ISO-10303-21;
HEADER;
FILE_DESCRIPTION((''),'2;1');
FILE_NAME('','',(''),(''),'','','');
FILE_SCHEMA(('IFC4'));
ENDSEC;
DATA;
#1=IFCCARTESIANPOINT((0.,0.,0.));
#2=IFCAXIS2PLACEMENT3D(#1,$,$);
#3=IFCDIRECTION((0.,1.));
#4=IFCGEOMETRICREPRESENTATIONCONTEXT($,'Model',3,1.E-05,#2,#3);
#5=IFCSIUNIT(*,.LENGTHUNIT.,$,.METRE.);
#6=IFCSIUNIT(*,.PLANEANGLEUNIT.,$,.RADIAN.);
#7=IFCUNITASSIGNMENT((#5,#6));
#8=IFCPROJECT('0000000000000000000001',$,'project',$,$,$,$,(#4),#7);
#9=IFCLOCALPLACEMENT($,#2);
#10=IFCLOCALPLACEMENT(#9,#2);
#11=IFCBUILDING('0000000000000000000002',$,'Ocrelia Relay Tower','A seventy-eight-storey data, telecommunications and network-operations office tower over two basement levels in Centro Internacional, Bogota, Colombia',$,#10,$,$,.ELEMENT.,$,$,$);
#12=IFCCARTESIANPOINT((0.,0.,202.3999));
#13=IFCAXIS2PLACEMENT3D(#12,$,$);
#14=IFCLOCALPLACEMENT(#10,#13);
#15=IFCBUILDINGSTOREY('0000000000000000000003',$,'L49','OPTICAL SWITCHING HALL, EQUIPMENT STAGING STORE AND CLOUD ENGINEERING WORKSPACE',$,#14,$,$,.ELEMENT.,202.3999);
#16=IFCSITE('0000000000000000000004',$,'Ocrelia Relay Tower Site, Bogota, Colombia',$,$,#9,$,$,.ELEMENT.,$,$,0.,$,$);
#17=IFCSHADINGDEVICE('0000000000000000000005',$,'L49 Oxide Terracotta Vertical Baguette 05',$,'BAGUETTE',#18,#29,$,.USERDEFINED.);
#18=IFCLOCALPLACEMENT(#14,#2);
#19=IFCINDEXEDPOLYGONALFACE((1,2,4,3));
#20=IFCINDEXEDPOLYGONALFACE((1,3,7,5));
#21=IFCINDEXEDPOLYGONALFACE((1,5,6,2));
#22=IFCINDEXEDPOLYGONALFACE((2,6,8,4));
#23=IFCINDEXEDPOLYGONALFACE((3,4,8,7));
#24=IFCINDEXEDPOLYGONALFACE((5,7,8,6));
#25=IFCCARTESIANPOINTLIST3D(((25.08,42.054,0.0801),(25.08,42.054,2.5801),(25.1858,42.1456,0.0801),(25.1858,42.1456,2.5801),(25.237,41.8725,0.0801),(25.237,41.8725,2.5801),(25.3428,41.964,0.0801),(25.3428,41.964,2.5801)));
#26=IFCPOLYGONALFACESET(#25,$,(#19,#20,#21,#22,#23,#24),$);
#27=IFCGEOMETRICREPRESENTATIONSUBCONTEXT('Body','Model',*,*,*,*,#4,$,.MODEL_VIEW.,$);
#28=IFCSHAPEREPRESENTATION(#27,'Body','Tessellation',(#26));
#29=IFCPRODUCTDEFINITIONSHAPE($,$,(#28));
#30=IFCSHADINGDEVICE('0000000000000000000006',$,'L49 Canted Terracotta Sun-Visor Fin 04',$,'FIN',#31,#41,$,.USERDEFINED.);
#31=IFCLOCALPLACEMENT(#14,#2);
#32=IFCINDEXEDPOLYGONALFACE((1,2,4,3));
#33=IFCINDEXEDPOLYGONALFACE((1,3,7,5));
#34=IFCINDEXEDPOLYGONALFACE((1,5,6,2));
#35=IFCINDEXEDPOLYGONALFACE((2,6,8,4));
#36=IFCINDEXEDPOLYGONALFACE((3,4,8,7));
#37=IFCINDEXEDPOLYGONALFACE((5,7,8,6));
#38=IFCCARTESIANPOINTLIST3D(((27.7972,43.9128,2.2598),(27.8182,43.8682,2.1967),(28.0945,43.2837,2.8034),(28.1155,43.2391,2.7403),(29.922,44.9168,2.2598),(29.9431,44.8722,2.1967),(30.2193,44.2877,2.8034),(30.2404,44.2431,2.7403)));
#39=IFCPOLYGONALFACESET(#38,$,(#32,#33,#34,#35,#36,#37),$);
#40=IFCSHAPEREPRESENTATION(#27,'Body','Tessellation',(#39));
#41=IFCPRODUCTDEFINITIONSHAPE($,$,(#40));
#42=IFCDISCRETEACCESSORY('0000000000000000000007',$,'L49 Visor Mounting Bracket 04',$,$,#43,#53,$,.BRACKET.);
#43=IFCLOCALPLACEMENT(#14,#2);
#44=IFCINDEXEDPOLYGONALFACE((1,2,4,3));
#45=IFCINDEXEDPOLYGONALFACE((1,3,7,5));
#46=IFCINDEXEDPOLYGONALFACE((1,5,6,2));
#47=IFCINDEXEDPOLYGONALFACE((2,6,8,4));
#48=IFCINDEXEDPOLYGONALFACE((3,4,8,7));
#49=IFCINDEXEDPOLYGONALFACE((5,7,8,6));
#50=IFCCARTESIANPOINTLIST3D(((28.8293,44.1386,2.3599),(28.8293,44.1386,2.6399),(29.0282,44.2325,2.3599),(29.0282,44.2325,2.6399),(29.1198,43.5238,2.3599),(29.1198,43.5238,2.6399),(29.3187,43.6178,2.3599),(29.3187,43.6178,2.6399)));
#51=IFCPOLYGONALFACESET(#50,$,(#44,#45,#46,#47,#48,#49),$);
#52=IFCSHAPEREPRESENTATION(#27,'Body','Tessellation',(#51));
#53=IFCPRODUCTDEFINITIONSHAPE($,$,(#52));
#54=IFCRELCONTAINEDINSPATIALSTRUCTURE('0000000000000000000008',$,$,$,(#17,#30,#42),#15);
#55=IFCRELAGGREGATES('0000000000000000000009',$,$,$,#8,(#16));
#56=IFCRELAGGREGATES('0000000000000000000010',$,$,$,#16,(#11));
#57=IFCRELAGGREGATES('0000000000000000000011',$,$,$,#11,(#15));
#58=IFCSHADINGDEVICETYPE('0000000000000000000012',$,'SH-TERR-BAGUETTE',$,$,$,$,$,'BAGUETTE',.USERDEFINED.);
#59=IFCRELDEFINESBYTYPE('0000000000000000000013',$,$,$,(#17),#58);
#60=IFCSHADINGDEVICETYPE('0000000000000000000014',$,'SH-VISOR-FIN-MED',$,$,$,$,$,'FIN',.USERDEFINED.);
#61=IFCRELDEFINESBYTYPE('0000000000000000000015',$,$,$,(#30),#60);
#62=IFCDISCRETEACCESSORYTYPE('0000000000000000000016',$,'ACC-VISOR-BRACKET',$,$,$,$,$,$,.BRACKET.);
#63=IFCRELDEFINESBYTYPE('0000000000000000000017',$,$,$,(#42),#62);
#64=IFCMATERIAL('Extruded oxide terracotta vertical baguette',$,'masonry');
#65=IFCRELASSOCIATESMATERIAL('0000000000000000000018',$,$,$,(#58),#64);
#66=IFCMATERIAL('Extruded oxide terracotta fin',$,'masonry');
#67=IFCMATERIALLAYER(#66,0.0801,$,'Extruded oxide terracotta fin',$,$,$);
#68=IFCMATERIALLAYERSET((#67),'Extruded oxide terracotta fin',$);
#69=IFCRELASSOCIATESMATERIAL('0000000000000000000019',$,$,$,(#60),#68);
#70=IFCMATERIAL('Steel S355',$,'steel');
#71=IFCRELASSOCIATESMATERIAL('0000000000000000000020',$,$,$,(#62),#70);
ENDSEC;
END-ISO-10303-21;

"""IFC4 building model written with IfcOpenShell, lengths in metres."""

from ifc_helpers import new_model, si_unit, direction, frame, origin, origin_2d, place, context, subcontext, project, spatial, rectangle, extrude, material, layer, layer_set, type_object, element, save


model = new_model("IFC4")

# Units and contexts
model_context = context("Model", 3, precision=1e-05, world=origin(), true_north=direction((0.0, 1.0)))
body_context = subcontext(model_context, "Body", "Model", "MODEL_VIEW")
ifc_project = project(units=[si_unit("LENGTHUNIT", "METRE"), si_unit("PLANEANGLEUNIT", "RADIAN")], contexts=[model_context])

# Site, building, storey
site_placement = place(None, origin())
site = spatial("IfcSite", under=ifc_project, at=site_placement, Name="Ocrelia Relay Tower Site, Bogota, Colombia", CompositionType="ELEMENT", RefElevation=0.0)
building_placement = place(site_placement, origin())
building = spatial("IfcBuilding", under=site, at=building_placement, Name="Ocrelia Relay Tower", Description="A seventy-eight-storey data, telecommunications and network-operations office tower over two basement levels in Centro Internacional, Bogota, Colombia", CompositionType="ELEMENT")
storey_placement = place(building_placement, frame((0.0, 0.0, 202.3999)))
storey = spatial("IfcBuildingStorey", under=building, at=storey_placement, Name="L49", Description="OPTICAL SWITCHING HALL, EQUIPMENT STAGING STORE AND CLOUD ENGINEERING WORKSPACE", CompositionType="ELEMENT", Elevation=202.3999)

# Shared definitions
ifc_material_1 = material(Name="Steel S355", Category="steel")

# Shading devices
ifc_material_2 = material(Name="Extruded oxide terracotta vertical baguette", Category="masonry")
shading_device_type_1 = type_object("IfcShadingDeviceType", Name="SH-TERR-BAGUETTE", ElementType="BAGUETTE", PredefinedType="USERDEFINED", material=ifc_material_2)
shading_device_1_placement = place(storey_placement, frame((25.2114, 42.009, 0.0801), z_axis=(0.0, 0.0, 1.0), x_axis=(-0.756423, -0.654083, 0.0)))
element("IfcShadingDevice", 1, at=shading_device_1_placement, inside=storey, type_object=shading_device_type_1, Name="L49 Oxide Terracotta Vertical Baguette 05", ObjectType="BAGUETTE", PredefinedType="USERDEFINED", context=body_context, shape_type="SweptSolid", body=[
    extrude(rectangle(XDim=0.1399, YDim=0.24, at=origin_2d()), origin(), (0.0, 0.0, 1.0), 2.5),
])
ifc_material_3 = material(Name="Extruded oxide terracotta fin", Category="masonry")
ifc_layer_1 = layer(ifc_material_3, 0.0801, Name="Extruded oxide terracotta fin")
ifc_layer_set_1 = layer_set([ifc_layer_1], Name="Extruded oxide terracotta fin")
shading_device_type_2 = type_object("IfcShadingDeviceType", Name="SH-VISOR-FIN-MED", ElementType="FIN", PredefinedType="USERDEFINED", material=ifc_layer_set_1)
shading_device_2_placement = place(storey_placement, frame((29.0293, 44.0557, 2.4685), z_axis=(-0.263024, 0.556648, 0.788011), x_axis=(-0.904147, -0.427222, 0.0)))
element("IfcShadingDevice", 2, at=shading_device_2_placement, inside=storey, type_object=shading_device_type_2, Name="L49 Canted Terracotta Sun-Visor Fin 04", ObjectType="FIN", PredefinedType="USERDEFINED", context=body_context, shape_type="SweptSolid", body=[
    extrude(rectangle(XDim=2.3501, YDim=0.8831, at=origin_2d()), origin(), (0.0, 0.0, 1.0), 0.0801),
])

# Discrete accessory
discrete_accessory_type = type_object("IfcDiscreteAccessoryType", Name="ACC-VISOR-BRACKET", PredefinedType="BRACKET", material=ifc_material_1)
discrete_accessory_placement = place(storey_placement, frame((29.074, 43.8782, 2.3599), z_axis=(0.0, 0.0, 1.0), x_axis=(-0.904147, -0.427222, 0.0)))
element("IfcDiscreteAccessory", 3, at=discrete_accessory_placement, inside=storey, type_object=discrete_accessory_type, Name="L49 Visor Mounting Bracket 04", PredefinedType="BRACKET", context=body_context, shape_type="SweptSolid", body=[
    extrude(rectangle(XDim=0.22, YDim=0.6799, at=origin_2d()), origin(), (0.0, 0.0, 1.0), 0.28),
])

save(model, "model.ifc")
